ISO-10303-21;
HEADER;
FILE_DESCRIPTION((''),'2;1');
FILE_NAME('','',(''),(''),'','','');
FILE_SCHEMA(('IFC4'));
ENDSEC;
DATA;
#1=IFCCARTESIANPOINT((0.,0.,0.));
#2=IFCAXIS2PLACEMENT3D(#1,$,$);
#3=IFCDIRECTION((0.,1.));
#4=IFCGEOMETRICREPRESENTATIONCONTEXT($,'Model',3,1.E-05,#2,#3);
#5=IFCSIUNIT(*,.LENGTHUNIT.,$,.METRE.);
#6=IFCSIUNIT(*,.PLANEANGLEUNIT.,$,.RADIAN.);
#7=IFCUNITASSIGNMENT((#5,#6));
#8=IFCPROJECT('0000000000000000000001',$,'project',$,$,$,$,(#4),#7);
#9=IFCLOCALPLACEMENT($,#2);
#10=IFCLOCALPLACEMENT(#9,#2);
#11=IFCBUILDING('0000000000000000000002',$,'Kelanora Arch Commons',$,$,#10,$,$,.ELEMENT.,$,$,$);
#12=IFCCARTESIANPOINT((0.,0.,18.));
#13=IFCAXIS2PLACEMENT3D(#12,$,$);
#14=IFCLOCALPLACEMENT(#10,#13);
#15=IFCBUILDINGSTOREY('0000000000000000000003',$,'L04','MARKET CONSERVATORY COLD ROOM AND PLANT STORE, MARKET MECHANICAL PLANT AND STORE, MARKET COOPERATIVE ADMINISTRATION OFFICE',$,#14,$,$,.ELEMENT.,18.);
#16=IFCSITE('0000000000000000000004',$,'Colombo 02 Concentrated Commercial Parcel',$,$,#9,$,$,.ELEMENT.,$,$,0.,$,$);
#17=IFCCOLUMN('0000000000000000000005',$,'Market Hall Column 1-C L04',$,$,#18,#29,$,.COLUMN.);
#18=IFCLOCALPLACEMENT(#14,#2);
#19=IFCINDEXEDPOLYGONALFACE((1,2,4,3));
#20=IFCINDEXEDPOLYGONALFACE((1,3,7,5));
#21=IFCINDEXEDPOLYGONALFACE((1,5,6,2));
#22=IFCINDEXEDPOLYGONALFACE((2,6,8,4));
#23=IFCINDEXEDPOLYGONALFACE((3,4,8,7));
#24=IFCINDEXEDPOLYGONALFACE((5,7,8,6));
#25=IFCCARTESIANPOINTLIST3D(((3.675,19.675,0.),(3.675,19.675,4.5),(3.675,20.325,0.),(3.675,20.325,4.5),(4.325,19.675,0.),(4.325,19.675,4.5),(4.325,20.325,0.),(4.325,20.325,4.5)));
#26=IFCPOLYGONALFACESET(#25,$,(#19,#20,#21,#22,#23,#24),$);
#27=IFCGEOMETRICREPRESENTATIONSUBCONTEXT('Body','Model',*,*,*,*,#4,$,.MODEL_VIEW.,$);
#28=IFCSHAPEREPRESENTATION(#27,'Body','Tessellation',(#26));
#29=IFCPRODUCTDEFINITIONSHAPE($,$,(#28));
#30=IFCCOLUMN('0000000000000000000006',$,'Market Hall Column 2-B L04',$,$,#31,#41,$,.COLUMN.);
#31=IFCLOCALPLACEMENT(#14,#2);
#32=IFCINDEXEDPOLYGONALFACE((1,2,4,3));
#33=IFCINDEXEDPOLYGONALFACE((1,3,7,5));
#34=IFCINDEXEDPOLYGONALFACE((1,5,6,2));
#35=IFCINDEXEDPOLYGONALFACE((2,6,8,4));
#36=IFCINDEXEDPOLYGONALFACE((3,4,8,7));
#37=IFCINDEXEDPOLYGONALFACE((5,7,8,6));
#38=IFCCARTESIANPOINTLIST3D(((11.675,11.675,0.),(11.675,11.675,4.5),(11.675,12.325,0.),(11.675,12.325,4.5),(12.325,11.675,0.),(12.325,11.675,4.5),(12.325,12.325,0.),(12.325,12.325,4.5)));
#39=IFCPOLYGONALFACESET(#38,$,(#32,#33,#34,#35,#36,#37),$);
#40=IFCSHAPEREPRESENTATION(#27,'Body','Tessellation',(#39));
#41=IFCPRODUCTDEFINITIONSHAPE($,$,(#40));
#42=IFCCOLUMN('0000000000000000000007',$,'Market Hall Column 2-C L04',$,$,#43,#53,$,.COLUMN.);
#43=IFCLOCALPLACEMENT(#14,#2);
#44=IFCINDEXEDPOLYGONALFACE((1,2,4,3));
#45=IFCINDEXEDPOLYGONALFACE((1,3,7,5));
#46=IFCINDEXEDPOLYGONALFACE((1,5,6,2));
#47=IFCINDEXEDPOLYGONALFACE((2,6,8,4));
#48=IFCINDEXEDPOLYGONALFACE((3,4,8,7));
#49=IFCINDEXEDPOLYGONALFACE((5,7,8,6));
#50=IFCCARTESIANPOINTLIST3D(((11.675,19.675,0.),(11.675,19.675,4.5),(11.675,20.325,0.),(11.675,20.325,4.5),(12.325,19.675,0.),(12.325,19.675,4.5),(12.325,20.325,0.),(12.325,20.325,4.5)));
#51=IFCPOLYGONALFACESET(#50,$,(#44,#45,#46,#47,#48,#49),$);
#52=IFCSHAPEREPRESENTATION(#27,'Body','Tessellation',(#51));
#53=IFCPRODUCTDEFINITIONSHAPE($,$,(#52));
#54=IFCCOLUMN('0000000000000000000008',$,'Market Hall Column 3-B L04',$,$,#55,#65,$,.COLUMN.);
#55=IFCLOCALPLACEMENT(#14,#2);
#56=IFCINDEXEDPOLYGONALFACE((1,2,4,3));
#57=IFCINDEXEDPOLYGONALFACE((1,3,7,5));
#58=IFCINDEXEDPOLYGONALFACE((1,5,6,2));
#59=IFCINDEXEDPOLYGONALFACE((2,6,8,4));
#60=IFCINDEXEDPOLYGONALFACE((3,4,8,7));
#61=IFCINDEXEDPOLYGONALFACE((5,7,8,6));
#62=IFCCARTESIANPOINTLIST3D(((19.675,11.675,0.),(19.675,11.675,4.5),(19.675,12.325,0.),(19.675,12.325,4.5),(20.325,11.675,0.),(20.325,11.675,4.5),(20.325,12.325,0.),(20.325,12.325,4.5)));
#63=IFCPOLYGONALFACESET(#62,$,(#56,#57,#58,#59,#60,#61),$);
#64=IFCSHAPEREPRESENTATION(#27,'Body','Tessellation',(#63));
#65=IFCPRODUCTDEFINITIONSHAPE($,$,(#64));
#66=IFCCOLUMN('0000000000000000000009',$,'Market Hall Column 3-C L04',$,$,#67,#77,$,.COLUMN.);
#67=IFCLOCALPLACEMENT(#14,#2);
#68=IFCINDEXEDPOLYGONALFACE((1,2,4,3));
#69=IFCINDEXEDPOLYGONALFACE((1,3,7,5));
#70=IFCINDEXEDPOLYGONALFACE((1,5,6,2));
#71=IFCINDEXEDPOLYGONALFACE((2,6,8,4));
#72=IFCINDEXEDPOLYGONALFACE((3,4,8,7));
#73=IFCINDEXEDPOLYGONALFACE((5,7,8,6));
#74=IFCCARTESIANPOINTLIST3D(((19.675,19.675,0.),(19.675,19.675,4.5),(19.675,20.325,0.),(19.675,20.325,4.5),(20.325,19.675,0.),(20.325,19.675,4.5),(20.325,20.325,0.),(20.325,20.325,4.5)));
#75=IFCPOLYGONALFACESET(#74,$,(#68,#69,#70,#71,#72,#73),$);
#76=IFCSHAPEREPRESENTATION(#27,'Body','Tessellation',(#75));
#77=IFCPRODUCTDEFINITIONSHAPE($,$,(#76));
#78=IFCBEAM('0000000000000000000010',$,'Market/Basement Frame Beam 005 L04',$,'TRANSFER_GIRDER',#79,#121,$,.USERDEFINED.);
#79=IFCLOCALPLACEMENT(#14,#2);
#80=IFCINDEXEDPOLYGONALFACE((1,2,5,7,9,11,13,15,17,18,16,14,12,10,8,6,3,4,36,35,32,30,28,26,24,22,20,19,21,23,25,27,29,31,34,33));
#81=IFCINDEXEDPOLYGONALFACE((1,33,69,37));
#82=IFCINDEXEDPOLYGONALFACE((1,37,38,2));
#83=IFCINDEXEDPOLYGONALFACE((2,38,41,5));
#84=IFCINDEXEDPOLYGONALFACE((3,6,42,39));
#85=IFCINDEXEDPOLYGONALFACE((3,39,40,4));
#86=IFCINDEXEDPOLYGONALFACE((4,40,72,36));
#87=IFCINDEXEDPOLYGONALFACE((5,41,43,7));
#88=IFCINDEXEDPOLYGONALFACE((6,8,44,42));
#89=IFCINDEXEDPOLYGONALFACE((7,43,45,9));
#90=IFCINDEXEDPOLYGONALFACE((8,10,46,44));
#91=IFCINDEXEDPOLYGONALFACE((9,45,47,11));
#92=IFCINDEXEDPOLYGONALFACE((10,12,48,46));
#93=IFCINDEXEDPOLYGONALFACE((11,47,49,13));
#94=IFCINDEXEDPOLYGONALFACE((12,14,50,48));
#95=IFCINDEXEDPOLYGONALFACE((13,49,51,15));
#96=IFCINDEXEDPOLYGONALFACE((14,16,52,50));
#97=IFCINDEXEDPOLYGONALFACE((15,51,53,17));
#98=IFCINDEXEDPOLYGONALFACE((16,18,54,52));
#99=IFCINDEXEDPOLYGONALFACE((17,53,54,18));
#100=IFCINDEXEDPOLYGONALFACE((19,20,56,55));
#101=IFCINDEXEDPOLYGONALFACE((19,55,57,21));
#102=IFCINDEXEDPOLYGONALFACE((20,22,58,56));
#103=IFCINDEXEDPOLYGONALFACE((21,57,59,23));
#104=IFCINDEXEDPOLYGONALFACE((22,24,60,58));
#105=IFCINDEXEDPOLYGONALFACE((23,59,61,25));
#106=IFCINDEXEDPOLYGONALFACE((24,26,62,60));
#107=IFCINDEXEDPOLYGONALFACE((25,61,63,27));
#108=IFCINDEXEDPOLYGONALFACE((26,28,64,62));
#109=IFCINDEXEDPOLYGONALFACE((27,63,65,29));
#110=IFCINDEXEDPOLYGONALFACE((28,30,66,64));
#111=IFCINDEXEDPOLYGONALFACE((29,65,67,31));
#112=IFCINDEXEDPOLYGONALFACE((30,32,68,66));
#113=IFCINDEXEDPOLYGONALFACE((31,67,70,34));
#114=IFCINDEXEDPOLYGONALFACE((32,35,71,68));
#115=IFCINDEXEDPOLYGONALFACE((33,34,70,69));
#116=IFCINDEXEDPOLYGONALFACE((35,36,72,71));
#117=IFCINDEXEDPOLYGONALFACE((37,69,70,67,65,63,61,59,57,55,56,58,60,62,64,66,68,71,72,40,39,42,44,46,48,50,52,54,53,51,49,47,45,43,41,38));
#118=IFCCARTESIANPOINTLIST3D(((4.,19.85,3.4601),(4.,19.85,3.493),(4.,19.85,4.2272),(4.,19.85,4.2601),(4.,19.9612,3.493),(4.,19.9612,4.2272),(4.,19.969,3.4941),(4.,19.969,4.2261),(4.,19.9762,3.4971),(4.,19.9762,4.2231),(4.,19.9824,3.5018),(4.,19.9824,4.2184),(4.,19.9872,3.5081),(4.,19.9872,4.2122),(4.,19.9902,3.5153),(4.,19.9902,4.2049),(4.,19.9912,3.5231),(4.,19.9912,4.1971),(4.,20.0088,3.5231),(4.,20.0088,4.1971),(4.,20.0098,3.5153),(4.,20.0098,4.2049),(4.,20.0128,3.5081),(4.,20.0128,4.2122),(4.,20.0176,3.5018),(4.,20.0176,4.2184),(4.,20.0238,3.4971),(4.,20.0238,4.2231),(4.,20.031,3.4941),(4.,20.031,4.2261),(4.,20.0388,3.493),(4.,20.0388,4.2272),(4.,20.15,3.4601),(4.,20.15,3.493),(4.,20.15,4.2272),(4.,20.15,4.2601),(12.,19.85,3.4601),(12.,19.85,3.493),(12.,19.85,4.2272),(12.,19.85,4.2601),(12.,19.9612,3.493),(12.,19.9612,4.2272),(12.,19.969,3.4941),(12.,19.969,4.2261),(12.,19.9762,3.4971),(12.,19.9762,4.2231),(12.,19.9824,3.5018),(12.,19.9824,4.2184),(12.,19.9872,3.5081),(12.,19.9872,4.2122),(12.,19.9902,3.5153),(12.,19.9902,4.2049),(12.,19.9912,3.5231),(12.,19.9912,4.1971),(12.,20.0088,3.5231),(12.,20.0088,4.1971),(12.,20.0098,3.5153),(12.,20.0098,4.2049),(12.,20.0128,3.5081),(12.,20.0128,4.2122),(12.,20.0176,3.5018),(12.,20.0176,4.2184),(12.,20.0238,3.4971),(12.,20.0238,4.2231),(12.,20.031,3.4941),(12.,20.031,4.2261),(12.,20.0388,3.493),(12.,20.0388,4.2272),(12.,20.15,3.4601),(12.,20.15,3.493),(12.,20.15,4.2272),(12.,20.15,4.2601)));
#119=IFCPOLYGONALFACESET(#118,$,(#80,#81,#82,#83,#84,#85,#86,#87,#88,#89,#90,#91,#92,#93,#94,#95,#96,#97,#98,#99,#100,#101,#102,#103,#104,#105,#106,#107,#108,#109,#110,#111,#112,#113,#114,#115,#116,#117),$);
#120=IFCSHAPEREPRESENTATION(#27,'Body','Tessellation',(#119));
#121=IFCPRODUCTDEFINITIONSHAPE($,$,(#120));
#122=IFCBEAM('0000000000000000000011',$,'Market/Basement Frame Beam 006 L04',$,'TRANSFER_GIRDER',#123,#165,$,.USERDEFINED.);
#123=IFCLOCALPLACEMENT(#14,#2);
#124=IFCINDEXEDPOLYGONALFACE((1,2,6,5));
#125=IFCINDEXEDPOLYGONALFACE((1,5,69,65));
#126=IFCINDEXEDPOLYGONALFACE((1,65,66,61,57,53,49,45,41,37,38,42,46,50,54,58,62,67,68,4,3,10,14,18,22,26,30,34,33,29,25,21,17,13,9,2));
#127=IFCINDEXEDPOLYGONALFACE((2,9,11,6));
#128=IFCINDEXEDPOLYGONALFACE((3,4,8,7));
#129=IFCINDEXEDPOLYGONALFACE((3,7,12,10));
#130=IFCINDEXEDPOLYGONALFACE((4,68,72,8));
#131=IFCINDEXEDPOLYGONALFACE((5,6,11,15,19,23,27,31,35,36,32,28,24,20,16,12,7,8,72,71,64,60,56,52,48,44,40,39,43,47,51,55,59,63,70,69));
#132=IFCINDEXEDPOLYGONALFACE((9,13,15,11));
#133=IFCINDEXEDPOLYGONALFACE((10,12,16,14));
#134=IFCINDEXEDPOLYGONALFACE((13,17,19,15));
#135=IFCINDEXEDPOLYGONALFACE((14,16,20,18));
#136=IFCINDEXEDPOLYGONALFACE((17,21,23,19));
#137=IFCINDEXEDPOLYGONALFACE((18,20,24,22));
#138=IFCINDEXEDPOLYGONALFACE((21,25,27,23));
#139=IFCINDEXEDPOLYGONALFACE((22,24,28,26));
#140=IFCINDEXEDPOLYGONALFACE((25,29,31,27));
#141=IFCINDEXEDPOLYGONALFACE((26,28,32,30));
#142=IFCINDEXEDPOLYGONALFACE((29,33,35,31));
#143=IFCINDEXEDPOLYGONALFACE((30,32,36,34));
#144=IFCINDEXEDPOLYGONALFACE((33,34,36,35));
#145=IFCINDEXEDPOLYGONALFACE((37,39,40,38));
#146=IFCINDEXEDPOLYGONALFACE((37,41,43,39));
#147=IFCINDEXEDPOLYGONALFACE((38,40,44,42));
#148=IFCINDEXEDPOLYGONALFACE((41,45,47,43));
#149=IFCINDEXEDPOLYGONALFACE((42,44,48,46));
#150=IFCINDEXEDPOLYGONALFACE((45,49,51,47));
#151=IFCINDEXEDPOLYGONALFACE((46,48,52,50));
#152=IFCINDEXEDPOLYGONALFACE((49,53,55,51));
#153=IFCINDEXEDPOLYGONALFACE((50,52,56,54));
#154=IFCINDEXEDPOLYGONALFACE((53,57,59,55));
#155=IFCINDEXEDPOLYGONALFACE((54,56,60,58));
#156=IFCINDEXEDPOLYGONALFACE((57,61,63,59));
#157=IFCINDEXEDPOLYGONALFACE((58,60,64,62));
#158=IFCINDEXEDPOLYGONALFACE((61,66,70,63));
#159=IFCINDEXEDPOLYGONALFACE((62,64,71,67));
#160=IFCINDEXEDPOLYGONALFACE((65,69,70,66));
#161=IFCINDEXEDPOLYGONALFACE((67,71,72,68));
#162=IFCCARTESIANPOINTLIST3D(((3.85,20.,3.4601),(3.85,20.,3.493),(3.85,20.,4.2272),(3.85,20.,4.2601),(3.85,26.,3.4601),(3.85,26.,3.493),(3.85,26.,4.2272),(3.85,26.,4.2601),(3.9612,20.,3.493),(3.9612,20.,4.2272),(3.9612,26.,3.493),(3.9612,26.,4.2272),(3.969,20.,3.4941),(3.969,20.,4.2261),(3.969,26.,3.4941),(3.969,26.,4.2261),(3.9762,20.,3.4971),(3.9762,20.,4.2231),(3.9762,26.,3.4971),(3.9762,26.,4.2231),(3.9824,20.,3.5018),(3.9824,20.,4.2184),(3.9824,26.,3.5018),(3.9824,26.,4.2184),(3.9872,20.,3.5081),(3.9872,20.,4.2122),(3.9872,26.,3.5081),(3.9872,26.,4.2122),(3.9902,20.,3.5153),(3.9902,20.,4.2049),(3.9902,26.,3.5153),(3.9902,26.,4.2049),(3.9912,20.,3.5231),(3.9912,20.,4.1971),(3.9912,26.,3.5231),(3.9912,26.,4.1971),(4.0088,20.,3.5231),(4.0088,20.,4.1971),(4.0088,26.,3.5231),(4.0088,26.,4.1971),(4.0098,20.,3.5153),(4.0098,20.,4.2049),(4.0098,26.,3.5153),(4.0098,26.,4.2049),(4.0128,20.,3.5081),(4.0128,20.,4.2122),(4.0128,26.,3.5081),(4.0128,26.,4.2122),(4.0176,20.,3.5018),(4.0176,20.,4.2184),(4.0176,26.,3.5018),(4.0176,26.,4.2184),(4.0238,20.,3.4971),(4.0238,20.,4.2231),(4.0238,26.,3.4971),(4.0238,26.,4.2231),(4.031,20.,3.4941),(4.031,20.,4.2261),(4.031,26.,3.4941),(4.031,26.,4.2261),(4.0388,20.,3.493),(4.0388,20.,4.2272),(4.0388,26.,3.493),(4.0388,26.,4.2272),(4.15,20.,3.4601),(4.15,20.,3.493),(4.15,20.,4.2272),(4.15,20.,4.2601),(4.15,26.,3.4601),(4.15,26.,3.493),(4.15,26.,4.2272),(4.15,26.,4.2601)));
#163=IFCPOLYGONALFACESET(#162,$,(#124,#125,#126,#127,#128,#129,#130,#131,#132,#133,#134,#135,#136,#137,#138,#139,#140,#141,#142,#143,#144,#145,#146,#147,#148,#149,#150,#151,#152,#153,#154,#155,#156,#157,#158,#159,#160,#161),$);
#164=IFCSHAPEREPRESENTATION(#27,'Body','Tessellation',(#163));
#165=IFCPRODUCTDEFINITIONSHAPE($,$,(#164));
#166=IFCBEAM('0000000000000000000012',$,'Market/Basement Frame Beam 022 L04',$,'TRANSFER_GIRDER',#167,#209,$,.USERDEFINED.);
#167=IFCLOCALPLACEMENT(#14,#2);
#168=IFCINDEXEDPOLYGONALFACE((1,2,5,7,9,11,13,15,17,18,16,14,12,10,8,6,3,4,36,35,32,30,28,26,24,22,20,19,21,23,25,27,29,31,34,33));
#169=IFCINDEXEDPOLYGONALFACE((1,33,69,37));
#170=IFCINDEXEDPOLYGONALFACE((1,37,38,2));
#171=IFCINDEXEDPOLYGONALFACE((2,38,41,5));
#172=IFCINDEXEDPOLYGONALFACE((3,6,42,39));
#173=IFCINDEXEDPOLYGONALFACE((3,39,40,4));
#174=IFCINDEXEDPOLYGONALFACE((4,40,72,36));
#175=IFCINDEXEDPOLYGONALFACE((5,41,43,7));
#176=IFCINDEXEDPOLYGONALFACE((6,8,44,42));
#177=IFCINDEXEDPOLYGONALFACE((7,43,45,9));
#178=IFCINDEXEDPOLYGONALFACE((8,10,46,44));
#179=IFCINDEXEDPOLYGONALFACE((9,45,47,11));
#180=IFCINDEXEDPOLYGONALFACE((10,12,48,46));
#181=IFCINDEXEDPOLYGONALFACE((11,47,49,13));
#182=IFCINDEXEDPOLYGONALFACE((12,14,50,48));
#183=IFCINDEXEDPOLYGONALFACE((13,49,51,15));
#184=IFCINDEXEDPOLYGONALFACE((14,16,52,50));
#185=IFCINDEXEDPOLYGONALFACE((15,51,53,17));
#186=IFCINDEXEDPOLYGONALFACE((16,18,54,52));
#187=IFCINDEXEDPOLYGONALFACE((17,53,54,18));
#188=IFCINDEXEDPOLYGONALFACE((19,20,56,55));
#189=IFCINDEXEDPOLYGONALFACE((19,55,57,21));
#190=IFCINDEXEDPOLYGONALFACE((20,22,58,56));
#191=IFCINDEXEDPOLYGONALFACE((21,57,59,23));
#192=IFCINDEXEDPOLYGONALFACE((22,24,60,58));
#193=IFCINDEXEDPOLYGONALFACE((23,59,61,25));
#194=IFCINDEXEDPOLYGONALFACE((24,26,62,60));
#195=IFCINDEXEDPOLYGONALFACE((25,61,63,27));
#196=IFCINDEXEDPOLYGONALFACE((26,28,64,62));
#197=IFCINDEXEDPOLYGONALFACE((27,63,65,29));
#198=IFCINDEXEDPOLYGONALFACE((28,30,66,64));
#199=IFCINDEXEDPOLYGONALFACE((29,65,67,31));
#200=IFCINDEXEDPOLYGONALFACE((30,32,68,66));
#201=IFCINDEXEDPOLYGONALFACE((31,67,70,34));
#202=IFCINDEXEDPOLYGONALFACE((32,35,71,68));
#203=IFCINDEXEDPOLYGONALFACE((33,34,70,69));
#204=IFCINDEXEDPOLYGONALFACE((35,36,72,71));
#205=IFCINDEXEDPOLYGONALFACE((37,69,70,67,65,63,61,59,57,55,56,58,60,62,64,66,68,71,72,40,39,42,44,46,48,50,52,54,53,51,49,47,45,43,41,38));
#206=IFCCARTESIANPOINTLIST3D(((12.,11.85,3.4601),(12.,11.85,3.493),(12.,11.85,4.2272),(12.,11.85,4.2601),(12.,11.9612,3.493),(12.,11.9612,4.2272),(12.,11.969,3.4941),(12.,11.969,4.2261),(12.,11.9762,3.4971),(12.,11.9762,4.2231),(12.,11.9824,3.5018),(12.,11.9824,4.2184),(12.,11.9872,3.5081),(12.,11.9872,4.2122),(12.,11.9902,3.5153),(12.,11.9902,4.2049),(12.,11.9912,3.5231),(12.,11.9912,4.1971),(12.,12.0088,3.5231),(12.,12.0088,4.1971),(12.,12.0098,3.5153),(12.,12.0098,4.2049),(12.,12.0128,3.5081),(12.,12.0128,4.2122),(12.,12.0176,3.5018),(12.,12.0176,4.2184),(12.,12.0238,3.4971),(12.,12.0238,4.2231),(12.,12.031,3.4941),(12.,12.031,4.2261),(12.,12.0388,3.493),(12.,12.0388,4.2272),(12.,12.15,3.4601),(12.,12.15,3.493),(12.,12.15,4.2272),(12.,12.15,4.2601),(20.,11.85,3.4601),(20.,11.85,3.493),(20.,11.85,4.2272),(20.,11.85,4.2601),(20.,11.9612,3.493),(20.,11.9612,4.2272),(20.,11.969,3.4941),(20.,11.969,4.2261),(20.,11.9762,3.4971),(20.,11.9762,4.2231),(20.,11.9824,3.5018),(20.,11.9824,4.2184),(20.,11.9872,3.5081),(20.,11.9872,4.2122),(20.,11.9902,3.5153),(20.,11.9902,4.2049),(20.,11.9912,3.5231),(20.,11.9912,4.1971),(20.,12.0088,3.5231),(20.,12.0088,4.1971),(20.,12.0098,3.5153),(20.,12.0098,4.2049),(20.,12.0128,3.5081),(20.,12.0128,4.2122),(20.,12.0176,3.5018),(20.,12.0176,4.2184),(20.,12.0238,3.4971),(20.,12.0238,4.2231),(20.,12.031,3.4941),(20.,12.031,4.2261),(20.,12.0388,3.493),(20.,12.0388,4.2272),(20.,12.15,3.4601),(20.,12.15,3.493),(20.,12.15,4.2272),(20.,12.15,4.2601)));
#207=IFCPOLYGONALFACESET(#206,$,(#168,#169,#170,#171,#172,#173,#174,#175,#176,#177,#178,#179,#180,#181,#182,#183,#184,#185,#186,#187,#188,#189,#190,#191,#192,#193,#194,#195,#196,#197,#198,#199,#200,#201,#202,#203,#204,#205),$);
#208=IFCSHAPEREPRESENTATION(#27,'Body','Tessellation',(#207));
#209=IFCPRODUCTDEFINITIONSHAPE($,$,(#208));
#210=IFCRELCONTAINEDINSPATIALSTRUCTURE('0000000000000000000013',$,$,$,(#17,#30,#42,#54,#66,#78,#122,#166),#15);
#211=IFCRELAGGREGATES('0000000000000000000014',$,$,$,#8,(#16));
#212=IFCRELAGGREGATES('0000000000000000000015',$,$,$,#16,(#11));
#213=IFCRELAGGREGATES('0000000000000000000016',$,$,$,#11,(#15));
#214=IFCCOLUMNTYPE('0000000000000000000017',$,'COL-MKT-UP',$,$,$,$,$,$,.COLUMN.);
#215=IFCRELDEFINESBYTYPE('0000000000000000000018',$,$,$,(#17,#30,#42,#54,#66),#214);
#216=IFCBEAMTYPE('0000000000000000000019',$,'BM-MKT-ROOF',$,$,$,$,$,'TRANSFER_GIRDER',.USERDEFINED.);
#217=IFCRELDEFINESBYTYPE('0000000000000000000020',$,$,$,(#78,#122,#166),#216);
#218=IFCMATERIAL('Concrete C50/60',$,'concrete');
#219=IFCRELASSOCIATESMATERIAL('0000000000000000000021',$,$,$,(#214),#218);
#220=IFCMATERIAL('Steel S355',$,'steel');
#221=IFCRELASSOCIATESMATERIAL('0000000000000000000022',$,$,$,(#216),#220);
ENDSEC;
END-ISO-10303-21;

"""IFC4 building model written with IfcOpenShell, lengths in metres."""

from ifc_helpers import new_model, si_unit, direction, frame, origin, origin_2d, place, context, subcontext, project, spatial, rectangle, i_section, extrude, material, material_profile, profile_set, type_object, element, save


model = new_model("IFC4")

# Units and contexts
model_context = context("Model", 3, precision=1e-05, world=origin(), true_north=direction((0.0, 1.0)))
body_context = subcontext(model_context, "Body", "Model", "MODEL_VIEW")
ifc_project = project(units=[si_unit("LENGTHUNIT", "METRE"), si_unit("PLANEANGLEUNIT", "RADIAN")], contexts=[model_context])

# Site, building, storey
site_placement = place(None, origin())
site = spatial("IfcSite", under=ifc_project, at=site_placement, Name="Colombo 02 Concentrated Commercial Parcel", CompositionType="ELEMENT", RefElevation=0.0)
building_placement = place(site_placement, origin())
building = spatial("IfcBuilding", under=site, at=building_placement, Name="Kelanora Arch Commons", CompositionType="ELEMENT")
storey_placement = place(building_placement, frame((0.0, 0.0, 18.0)))
storey = spatial("IfcBuildingStorey", under=building, at=storey_placement, Name="L04", Description="MARKET CONSERVATORY COLD ROOM AND PLANT STORE, MARKET MECHANICAL PLANT AND STORE, MARKET COOPERATIVE ADMINISTRATION OFFICE", CompositionType="ELEMENT", Elevation=18.0)

# Columns
ifc_material_1 = material(Name="Concrete C50/60", Category="concrete")
ifc_material_profile_1 = material_profile(ifc_material_1, rectangle(XDim=0.6499, YDim=0.6499, at=origin_2d()), Name="RC650x650")
ifc_profile_set_1 = profile_set([ifc_material_profile_1], Name="Concrete C50/60")
column_type = type_object("IfcColumnType", Name="COL-MKT-UP", PredefinedType="COLUMN", material=ifc_profile_set_1)
for number, where, z_axis, x_axis, name in (
    (1, (4.0, 20.0, 0.0), (0.0, 0.0, 1.0), (1.0, 0.0, 0.0), "Market Hall Column 1-C L04"),
    (2, (12.0, 12.0, 0.0), (0.0, 0.0, 1.0), (1.0, 0.0, 0.0), "Market Hall Column 2-B L04"),
    (3, (12.0, 20.0, 0.0), (0.0, 0.0, 1.0), (1.0, 0.0, 0.0), "Market Hall Column 2-C L04"),
    (4, (20.0, 12.0, 0.0), (0.0, 0.0, 1.0), (1.0, 0.0, 0.0), "Market Hall Column 3-B L04"),
    (5, (20.0, 20.0, 0.0), (0.0, 0.0, 1.0), (1.0, 0.0, 0.0), "Market Hall Column 3-C L04"),
):
    element("IfcColumn", number, at=place(storey_placement, frame(where, z_axis=z_axis, x_axis=x_axis)), inside=storey, type_object=column_type, Name=name, PredefinedType="COLUMN", context=body_context, shape_type="SweptSolid", body=[
        extrude(rectangle(XDim=0.6499, YDim=0.6499, at=origin_2d()), origin(), (0.0, 0.0, 1.0), 4.5),
    ])

# Beams
ifc_material_2 = material(Name="Steel S355", Category="steel")
ifc_material_profile_2 = material_profile(ifc_material_2, i_section(OverallWidth=0.3, OverallDepth=0.8, WebThickness=0.0176, FlangeThickness=0.033, FilletRadius=0.03, at=origin_2d()), Name="HEB800")
ifc_profile_set_2 = profile_set([ifc_material_profile_2], Name="Steel S355")
beam_type = type_object("IfcBeamType", Name="BM-MKT-ROOF", ElementType="TRANSFER_GIRDER", PredefinedType="USERDEFINED", material=ifc_profile_set_2)
beam_1_placement = place(storey_placement, frame((4.0, 20.0, 3.8601), z_axis=(1.0, 0.0, 0.0), x_axis=(0.0, 1.0, 0.0)))
element("IfcBeam", 6, at=beam_1_placement, inside=storey, type_object=beam_type, Name="Market/Basement Frame Beam 005 L04", ObjectType="TRANSFER_GIRDER", PredefinedType="USERDEFINED", context=body_context, shape_type="SweptSolid", body=[
    extrude(i_section(OverallWidth=0.3, OverallDepth=0.8, WebThickness=0.0176, FlangeThickness=0.033, FilletRadius=0.03, at=origin_2d()), origin(), (0.0, 0.0, 1.0), 8.0),
])
beam_2_placement = place(storey_placement, frame((4.0, 20.0, 3.8601), z_axis=(0.0, 1.0, 0.0), x_axis=(-1.0, 0.0, 0.0)))
element("IfcBeam", 7, at=beam_2_placement, inside=storey, type_object=beam_type, Name="Market/Basement Frame Beam 006 L04", ObjectType="TRANSFER_GIRDER", PredefinedType="USERDEFINED", context=body_context, shape_type="SweptSolid", body=[
    extrude(i_section(OverallWidth=0.3, OverallDepth=0.8, WebThickness=0.0176, FlangeThickness=0.033, FilletRadius=0.03, at=origin_2d()), origin(), (0.0, 0.0, 1.0), 6.0),
])
for number, where, z_axis, x_axis, name in (
    (8, (12.0, 12.0, 3.8601), (1.0, 0.0, 0.0), (0.0, 1.0, 0.0), "Market/Basement Frame Beam 022 L04"),
):
    element("IfcBeam", number, at=place(storey_placement, frame(where, z_axis=z_axis, x_axis=x_axis)), inside=storey, type_object=beam_type, Name=name, ObjectType="TRANSFER_GIRDER", PredefinedType="USERDEFINED", context=body_context, shape_type="SweptSolid", body=[
        extrude(i_section(OverallWidth=0.3, OverallDepth=0.8, WebThickness=0.0176, FlangeThickness=0.033, FilletRadius=0.03, at=origin_2d()), origin(), (0.0, 0.0, 1.0), 8.0),
    ])

save(model, "model.ifc")
